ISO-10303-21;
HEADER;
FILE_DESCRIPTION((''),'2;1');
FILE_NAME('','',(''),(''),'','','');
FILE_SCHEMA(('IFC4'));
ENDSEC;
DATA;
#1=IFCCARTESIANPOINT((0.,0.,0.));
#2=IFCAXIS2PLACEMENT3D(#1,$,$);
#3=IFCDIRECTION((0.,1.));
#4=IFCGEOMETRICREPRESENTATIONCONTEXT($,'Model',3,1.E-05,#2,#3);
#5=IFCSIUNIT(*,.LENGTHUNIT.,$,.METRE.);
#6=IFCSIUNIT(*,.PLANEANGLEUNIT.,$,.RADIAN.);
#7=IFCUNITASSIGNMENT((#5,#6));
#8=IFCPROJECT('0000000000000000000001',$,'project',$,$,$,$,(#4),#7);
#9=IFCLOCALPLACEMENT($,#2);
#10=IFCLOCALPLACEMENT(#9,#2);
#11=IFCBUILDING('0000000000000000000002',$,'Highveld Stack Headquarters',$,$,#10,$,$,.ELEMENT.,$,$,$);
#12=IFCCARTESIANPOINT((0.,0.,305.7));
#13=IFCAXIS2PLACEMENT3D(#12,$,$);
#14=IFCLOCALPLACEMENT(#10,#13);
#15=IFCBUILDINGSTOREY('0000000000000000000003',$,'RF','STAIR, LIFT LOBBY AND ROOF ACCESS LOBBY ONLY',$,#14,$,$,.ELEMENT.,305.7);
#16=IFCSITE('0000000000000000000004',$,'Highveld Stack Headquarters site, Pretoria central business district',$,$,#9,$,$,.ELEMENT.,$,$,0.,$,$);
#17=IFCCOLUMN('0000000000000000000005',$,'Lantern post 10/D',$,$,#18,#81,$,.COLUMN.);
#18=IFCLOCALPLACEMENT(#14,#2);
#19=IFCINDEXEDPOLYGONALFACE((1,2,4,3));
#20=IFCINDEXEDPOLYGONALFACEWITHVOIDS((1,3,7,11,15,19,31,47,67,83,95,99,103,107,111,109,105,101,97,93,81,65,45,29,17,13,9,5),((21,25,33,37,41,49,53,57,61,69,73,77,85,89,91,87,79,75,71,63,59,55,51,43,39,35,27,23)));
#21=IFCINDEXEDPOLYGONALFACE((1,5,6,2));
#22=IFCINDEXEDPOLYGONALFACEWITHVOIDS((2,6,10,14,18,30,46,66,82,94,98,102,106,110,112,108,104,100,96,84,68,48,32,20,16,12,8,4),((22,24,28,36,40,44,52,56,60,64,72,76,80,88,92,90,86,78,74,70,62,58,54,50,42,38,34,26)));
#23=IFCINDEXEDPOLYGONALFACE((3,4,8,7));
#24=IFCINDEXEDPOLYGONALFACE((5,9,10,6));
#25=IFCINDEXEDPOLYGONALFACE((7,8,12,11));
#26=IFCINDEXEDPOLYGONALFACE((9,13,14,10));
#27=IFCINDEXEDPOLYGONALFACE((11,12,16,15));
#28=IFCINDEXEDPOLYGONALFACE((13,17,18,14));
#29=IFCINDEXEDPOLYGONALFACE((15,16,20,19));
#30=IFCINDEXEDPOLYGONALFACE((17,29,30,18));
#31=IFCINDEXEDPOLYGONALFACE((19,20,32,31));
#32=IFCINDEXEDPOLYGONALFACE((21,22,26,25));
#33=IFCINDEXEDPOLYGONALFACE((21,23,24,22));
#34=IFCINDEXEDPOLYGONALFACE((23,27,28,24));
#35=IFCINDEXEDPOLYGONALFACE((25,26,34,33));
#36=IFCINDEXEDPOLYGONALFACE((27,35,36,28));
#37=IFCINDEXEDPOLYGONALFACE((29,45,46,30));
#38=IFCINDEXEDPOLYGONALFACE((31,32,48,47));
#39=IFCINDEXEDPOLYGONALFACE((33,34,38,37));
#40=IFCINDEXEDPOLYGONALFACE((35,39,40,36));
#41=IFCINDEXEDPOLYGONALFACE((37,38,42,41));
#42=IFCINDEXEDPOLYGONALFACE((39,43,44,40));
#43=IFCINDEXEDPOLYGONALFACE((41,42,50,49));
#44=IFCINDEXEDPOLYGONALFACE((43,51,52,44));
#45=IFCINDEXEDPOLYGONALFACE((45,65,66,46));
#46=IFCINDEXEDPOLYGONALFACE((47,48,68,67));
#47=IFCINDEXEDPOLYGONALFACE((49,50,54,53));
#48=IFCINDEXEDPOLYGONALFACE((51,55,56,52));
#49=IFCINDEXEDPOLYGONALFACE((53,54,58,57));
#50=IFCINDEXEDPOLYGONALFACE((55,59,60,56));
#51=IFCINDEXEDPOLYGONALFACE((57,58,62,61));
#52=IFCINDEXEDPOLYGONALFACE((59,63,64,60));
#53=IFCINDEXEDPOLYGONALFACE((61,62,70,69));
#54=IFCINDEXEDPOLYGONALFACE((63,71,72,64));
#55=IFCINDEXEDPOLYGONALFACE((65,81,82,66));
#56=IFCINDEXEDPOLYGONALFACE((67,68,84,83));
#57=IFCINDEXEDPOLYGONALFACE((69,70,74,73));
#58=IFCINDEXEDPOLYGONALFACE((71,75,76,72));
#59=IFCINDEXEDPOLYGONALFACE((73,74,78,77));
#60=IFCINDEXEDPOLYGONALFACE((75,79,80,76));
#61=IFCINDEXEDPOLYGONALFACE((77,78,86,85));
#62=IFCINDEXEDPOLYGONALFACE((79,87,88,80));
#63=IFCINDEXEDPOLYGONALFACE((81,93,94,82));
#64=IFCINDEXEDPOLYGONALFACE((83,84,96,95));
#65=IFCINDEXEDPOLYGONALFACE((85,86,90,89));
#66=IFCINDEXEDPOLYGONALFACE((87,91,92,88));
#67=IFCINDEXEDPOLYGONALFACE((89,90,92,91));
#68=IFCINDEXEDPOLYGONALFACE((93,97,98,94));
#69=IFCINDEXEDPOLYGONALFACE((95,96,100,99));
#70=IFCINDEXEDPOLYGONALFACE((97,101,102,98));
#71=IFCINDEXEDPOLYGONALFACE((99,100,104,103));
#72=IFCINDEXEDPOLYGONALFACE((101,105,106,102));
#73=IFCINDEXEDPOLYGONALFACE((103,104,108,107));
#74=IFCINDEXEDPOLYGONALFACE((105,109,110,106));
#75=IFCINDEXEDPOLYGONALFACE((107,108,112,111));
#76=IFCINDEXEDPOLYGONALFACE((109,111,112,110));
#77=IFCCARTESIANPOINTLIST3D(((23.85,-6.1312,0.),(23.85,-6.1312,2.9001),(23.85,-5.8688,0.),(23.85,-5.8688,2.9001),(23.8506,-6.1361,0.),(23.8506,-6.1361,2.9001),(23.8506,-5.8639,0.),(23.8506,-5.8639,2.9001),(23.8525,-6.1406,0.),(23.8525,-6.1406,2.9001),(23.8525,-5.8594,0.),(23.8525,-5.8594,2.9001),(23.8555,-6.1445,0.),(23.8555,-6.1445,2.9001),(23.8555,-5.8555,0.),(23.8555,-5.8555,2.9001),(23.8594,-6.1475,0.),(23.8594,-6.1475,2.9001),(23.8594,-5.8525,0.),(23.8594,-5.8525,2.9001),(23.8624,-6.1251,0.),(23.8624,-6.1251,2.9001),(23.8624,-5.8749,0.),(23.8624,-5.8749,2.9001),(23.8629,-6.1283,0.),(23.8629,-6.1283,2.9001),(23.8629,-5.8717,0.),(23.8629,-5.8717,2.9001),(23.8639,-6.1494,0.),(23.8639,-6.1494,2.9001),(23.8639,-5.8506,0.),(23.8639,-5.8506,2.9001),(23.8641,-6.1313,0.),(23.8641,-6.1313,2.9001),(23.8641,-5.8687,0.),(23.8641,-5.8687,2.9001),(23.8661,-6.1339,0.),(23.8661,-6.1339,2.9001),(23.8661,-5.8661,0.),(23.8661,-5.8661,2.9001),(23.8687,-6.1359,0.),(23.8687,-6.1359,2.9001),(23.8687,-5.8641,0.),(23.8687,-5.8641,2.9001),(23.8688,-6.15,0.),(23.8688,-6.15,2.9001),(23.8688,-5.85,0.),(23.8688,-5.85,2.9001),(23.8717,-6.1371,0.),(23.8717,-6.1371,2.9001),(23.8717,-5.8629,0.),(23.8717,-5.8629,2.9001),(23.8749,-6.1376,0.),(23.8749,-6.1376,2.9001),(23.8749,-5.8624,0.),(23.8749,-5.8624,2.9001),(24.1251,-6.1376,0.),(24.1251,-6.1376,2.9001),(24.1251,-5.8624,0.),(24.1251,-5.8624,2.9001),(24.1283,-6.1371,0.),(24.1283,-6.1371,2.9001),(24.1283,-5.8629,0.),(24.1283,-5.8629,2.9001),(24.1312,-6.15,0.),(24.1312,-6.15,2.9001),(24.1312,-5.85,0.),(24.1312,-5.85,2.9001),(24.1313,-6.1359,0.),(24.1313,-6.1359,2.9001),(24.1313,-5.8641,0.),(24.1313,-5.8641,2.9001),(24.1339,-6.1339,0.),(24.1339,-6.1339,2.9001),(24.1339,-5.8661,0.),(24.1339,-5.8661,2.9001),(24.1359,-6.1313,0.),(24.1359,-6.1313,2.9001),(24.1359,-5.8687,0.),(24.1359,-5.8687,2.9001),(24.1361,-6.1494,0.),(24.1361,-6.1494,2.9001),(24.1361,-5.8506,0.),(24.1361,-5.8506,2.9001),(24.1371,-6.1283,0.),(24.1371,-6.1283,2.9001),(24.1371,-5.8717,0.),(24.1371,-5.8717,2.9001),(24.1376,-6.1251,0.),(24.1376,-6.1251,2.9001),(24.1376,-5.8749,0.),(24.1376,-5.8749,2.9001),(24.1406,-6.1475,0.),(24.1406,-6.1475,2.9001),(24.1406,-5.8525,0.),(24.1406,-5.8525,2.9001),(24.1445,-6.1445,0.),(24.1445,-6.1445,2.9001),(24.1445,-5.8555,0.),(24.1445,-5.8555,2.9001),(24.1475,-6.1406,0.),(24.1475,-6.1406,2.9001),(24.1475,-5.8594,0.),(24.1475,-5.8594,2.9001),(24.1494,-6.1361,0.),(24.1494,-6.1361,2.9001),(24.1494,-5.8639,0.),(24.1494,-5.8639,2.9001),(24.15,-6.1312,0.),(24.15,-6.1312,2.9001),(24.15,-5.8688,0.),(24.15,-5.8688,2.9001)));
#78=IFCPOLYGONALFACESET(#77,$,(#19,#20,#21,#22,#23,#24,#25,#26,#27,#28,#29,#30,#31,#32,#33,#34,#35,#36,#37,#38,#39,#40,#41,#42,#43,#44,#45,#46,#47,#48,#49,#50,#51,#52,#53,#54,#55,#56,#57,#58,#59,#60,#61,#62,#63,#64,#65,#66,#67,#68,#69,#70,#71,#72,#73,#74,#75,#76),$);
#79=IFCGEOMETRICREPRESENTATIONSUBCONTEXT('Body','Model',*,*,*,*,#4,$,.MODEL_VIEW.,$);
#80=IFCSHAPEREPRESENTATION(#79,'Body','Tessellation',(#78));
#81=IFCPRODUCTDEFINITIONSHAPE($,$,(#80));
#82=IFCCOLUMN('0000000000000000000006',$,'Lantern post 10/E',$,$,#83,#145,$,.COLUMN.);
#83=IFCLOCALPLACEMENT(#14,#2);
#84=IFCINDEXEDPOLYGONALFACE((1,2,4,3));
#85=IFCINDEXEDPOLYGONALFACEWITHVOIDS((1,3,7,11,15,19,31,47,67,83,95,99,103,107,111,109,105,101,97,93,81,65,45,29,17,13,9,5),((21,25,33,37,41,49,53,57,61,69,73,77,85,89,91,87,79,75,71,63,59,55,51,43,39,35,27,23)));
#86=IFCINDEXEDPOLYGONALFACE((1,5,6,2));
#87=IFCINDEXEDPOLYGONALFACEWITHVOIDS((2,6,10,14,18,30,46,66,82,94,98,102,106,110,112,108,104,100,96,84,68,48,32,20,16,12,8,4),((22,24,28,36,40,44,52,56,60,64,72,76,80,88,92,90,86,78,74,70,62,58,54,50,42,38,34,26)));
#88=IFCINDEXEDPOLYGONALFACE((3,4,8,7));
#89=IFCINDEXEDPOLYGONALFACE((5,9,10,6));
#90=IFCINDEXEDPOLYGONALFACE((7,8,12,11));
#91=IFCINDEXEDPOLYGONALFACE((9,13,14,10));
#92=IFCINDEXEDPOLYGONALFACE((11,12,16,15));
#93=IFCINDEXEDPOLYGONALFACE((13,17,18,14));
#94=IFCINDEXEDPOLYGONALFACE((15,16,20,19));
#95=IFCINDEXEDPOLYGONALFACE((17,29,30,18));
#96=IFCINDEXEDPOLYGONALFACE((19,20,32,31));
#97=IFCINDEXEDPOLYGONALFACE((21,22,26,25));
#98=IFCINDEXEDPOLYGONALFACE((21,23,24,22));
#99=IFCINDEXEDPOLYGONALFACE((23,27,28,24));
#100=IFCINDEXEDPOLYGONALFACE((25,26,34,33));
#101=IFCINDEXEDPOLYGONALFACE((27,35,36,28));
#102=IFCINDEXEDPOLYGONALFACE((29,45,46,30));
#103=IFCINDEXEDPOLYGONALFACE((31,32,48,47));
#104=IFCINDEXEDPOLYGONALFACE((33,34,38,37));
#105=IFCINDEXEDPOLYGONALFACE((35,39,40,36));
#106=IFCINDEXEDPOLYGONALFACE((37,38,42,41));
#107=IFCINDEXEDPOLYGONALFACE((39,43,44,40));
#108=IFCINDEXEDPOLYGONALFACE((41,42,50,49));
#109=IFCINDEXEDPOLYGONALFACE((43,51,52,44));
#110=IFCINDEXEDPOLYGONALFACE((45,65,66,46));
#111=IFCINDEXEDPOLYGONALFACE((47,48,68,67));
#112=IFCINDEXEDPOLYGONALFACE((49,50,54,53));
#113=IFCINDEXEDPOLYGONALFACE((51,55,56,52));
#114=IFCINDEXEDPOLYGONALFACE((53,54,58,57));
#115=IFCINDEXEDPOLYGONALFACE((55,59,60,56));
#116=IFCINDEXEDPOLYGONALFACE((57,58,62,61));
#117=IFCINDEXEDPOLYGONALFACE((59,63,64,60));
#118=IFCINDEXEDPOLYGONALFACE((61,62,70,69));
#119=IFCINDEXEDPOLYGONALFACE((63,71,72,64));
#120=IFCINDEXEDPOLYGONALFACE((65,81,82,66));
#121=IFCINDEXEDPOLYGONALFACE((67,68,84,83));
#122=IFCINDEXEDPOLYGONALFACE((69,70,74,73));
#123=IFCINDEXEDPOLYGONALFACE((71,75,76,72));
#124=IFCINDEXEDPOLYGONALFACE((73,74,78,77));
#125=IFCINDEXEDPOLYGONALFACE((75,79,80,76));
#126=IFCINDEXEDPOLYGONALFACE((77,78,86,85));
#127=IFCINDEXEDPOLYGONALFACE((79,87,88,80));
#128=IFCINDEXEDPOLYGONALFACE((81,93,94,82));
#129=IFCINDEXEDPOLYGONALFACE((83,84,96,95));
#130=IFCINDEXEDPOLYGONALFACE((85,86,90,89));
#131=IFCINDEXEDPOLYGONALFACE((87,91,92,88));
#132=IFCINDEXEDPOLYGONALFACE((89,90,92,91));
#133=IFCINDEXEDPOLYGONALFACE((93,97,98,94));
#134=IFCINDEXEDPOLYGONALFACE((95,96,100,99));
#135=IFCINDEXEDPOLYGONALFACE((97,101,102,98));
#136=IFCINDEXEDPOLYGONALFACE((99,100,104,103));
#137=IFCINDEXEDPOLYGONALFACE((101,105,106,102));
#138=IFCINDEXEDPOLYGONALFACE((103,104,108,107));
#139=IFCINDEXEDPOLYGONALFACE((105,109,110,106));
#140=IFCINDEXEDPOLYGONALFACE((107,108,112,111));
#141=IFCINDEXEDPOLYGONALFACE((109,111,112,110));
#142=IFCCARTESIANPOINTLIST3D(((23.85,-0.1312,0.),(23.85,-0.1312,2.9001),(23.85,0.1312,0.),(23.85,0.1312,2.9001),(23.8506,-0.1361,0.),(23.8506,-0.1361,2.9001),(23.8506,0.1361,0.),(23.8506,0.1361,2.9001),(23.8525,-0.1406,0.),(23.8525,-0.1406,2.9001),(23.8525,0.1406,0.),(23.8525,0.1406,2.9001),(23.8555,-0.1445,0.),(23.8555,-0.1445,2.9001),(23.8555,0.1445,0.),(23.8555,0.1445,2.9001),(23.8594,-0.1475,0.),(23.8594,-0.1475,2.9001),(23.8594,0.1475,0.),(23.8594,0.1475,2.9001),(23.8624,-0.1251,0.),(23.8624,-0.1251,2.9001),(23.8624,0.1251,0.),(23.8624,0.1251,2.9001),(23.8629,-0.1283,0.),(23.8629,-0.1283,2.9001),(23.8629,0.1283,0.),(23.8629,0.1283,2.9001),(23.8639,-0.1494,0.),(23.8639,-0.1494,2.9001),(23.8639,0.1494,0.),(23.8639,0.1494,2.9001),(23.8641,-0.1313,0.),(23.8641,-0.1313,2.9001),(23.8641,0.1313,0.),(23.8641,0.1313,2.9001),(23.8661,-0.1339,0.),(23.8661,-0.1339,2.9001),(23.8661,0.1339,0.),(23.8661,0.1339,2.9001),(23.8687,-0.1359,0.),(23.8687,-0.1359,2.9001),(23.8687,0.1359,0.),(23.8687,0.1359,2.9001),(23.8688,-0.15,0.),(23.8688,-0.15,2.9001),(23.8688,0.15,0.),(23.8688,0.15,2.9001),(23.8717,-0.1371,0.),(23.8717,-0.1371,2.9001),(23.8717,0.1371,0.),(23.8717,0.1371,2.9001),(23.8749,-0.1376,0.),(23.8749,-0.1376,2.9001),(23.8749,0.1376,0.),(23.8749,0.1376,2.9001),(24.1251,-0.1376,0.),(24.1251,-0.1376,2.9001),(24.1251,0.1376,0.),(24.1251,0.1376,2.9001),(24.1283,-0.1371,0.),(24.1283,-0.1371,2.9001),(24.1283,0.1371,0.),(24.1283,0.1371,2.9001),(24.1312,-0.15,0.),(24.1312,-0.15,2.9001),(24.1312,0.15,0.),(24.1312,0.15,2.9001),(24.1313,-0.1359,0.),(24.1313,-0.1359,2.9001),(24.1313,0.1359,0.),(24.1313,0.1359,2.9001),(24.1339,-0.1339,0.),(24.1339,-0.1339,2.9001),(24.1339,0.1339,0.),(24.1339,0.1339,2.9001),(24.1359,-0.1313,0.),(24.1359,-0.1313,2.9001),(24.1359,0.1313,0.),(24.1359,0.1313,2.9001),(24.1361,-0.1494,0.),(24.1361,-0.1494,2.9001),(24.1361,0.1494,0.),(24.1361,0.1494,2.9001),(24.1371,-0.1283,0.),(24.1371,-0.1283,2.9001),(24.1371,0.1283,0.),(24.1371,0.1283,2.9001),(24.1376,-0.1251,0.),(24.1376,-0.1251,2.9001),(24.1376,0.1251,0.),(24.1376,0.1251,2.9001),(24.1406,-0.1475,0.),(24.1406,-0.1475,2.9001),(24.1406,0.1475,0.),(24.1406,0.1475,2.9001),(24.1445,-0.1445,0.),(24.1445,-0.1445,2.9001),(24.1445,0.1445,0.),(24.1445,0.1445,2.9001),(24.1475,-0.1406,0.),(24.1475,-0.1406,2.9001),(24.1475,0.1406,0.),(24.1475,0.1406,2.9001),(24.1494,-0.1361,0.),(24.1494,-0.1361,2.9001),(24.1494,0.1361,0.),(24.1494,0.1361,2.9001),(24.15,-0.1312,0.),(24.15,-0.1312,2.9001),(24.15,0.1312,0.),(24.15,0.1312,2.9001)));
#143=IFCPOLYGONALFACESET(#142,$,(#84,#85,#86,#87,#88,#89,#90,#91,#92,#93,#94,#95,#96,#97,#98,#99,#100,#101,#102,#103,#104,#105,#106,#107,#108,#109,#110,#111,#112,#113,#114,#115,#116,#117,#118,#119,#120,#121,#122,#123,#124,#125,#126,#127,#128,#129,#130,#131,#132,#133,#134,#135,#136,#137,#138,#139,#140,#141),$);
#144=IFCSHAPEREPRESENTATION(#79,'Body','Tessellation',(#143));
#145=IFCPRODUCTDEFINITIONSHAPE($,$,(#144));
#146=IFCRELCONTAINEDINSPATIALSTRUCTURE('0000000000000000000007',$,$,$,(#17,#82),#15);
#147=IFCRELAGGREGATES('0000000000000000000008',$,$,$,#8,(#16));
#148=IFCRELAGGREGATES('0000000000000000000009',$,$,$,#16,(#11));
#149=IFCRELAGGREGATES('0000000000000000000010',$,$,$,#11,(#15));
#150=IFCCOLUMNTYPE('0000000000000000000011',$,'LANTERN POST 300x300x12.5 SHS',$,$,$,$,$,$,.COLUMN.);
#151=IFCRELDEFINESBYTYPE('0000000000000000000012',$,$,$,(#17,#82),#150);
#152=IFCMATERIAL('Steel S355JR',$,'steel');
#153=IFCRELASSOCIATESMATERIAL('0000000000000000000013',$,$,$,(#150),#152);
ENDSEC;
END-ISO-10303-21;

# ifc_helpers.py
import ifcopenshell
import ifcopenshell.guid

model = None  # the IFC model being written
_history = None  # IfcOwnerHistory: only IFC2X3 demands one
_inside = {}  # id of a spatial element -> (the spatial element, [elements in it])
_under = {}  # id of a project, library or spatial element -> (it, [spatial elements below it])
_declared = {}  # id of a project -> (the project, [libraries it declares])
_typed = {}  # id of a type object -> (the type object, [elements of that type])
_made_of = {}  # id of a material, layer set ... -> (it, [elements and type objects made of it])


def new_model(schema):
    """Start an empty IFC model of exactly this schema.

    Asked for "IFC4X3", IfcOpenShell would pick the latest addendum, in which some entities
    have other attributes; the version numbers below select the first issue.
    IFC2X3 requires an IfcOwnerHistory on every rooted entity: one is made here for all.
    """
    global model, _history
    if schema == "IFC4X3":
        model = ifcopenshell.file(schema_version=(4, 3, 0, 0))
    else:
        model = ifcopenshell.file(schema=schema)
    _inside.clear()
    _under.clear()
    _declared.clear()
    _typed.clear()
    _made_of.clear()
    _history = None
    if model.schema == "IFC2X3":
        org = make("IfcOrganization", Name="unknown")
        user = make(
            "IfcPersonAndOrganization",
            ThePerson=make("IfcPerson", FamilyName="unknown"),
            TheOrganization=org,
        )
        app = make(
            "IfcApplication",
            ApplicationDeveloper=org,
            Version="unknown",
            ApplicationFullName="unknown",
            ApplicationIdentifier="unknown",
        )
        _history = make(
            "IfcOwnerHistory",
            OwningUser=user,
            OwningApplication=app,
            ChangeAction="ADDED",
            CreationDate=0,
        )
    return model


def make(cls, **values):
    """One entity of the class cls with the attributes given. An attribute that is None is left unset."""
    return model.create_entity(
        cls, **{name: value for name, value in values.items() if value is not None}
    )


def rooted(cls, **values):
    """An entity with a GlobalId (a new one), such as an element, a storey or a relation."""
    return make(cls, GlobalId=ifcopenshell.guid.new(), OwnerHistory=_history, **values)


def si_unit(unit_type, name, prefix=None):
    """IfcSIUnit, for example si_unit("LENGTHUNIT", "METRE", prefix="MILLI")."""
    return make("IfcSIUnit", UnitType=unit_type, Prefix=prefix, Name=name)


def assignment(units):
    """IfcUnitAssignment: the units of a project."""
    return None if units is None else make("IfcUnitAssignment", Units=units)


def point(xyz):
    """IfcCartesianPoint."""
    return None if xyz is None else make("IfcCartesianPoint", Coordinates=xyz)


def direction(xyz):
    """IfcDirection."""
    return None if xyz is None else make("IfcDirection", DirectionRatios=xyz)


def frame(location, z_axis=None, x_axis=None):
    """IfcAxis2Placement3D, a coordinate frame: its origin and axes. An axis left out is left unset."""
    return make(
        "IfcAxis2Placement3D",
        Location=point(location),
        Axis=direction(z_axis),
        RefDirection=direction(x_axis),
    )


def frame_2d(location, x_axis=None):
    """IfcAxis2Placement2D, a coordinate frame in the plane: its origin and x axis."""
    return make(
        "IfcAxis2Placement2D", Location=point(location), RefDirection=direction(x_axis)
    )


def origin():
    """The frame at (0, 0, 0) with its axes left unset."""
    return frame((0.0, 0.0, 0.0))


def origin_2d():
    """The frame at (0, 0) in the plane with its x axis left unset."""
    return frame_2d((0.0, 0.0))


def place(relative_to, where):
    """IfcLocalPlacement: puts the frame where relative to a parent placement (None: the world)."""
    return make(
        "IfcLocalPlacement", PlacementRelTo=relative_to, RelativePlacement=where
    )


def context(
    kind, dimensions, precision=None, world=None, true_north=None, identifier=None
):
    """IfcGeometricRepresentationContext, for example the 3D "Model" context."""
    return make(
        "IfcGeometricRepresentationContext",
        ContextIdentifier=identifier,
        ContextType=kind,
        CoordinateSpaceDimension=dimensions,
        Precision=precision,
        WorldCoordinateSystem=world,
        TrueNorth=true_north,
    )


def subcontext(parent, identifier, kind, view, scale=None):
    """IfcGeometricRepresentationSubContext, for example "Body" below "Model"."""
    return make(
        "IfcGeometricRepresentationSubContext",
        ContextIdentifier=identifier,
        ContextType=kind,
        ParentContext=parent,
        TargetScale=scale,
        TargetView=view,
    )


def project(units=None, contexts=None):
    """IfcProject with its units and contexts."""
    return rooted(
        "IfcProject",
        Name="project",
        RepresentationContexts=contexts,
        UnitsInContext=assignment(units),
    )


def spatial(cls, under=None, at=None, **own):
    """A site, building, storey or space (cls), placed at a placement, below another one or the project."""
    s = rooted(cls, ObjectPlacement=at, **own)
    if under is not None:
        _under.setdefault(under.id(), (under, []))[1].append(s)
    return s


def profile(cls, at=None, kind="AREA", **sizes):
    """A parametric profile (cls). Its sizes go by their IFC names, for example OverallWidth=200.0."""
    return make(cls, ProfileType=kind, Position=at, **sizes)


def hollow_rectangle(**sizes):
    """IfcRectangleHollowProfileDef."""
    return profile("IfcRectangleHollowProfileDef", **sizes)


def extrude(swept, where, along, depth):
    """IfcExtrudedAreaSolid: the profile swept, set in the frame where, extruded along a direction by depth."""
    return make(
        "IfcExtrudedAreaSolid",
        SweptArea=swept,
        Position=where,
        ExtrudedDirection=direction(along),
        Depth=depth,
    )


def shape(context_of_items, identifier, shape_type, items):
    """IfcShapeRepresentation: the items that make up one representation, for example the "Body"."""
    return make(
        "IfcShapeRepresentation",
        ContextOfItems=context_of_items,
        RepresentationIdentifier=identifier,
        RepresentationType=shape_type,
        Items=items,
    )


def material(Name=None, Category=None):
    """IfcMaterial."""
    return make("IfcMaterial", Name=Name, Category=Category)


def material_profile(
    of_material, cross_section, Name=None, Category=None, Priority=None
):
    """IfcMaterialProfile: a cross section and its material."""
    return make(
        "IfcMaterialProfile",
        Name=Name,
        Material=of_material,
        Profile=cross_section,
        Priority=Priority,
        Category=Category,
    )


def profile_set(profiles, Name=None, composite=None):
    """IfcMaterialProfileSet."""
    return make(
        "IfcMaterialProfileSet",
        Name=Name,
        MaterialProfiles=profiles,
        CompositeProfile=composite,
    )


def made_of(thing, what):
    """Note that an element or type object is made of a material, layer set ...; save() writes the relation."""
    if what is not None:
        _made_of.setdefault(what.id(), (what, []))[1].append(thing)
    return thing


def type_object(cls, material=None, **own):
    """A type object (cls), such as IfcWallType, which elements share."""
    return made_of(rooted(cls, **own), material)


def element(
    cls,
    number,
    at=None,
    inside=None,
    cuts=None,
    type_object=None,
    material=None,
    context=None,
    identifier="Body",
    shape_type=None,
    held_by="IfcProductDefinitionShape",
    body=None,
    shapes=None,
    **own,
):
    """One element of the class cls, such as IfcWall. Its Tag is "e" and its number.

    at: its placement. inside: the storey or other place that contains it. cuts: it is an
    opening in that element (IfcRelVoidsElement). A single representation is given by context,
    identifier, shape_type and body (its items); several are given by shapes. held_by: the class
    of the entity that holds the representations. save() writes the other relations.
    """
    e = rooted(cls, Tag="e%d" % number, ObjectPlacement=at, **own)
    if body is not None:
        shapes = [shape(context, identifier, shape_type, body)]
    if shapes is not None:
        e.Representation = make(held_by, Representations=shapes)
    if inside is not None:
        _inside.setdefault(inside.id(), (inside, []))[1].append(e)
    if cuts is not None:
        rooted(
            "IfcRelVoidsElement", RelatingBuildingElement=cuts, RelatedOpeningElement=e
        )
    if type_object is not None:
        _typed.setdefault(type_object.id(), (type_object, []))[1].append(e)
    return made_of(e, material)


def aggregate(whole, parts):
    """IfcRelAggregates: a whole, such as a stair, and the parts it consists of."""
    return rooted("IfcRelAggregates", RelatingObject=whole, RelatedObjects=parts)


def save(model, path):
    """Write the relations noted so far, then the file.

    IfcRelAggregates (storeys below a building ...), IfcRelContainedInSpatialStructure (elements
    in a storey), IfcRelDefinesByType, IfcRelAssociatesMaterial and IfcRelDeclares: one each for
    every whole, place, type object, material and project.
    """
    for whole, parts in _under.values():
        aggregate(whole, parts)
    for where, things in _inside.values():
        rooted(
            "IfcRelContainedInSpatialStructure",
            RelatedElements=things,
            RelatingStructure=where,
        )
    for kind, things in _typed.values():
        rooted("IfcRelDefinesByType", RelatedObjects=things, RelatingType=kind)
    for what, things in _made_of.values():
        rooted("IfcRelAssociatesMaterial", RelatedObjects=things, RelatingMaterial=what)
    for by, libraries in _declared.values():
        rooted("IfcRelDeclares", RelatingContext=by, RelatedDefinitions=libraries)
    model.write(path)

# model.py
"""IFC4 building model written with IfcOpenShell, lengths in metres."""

from ifc_helpers import new_model, si_unit, direction, frame, origin, origin_2d, place, context, subcontext, project, spatial, hollow_rectangle, extrude, material, material_profile, profile_set, type_object, element, save


model = new_model("IFC4")

# Units and contexts
model_context = context("Model", 3, precision=1e-05, world=origin(), true_north=direction((0.0, 1.0)))
body_context = subcontext(model_context, "Body", "Model", "MODEL_VIEW")
ifc_project = project(units=[si_unit("LENGTHUNIT", "METRE"), si_unit("PLANEANGLEUNIT", "RADIAN")], contexts=[model_context])

# Site, building, storey
site_placement = place(None, origin())
site = spatial("IfcSite", under=ifc_project, at=site_placement, Name="Highveld Stack Headquarters site, Pretoria central business district", CompositionType="ELEMENT", RefElevation=0.0)
building_placement = place(site_placement, origin())
building = spatial("IfcBuilding", under=site, at=building_placement, Name="Highveld Stack Headquarters", CompositionType="ELEMENT")
storey_placement = place(building_placement, frame((0.0, 0.0, 305.7)))
storey = spatial("IfcBuildingStorey", under=building, at=storey_placement, Name="RF", Description="STAIR, LIFT LOBBY AND ROOF ACCESS LOBBY ONLY", CompositionType="ELEMENT", Elevation=305.7)

# Columns
ifc_material_1 = material(Name="Steel S355JR", Category="steel")
ifc_material_profile_1 = material_profile(ifc_material_1, hollow_rectangle(XDim=0.3, YDim=0.3, WallThickness=0.0125, InnerFilletRadius=0.0125, OuterFilletRadius=0.0188, at=origin_2d()), Name="300x300x12.5 SHS")
ifc_profile_set_1 = profile_set([ifc_material_profile_1], Name="Steel S355JR")
column_type = type_object("IfcColumnType", Name="LANTERN POST 300x300x12.5 SHS", PredefinedType="COLUMN", material=ifc_profile_set_1)
for number, where, z_axis, x_axis, name in (
    (1, (24.0, -6.0, 0.0), (0.0, 0.0, 1.0), (1.0, 0.0, 0.0), "Lantern post 10/D"),
    (2, (24.0, 0.0, 0.0), (0.0, 0.0, 1.0), (1.0, 0.0, 0.0), "Lantern post 10/E"),
):
    element("IfcColumn", number, at=place(storey_placement, frame(where, z_axis=z_axis, x_axis=x_axis)), inside=storey, type_object=column_type, Name=name, PredefinedType="COLUMN", context=body_context, shape_type="SweptSolid", body=[
        extrude(hollow_rectangle(XDim=0.3, YDim=0.3, WallThickness=0.0125, InnerFilletRadius=0.0125, OuterFilletRadius=0.0188, at=origin_2d()), origin(), (0.0, 0.0, 1.0), 2.9001),
    ])

save(model, "model.ifc")
